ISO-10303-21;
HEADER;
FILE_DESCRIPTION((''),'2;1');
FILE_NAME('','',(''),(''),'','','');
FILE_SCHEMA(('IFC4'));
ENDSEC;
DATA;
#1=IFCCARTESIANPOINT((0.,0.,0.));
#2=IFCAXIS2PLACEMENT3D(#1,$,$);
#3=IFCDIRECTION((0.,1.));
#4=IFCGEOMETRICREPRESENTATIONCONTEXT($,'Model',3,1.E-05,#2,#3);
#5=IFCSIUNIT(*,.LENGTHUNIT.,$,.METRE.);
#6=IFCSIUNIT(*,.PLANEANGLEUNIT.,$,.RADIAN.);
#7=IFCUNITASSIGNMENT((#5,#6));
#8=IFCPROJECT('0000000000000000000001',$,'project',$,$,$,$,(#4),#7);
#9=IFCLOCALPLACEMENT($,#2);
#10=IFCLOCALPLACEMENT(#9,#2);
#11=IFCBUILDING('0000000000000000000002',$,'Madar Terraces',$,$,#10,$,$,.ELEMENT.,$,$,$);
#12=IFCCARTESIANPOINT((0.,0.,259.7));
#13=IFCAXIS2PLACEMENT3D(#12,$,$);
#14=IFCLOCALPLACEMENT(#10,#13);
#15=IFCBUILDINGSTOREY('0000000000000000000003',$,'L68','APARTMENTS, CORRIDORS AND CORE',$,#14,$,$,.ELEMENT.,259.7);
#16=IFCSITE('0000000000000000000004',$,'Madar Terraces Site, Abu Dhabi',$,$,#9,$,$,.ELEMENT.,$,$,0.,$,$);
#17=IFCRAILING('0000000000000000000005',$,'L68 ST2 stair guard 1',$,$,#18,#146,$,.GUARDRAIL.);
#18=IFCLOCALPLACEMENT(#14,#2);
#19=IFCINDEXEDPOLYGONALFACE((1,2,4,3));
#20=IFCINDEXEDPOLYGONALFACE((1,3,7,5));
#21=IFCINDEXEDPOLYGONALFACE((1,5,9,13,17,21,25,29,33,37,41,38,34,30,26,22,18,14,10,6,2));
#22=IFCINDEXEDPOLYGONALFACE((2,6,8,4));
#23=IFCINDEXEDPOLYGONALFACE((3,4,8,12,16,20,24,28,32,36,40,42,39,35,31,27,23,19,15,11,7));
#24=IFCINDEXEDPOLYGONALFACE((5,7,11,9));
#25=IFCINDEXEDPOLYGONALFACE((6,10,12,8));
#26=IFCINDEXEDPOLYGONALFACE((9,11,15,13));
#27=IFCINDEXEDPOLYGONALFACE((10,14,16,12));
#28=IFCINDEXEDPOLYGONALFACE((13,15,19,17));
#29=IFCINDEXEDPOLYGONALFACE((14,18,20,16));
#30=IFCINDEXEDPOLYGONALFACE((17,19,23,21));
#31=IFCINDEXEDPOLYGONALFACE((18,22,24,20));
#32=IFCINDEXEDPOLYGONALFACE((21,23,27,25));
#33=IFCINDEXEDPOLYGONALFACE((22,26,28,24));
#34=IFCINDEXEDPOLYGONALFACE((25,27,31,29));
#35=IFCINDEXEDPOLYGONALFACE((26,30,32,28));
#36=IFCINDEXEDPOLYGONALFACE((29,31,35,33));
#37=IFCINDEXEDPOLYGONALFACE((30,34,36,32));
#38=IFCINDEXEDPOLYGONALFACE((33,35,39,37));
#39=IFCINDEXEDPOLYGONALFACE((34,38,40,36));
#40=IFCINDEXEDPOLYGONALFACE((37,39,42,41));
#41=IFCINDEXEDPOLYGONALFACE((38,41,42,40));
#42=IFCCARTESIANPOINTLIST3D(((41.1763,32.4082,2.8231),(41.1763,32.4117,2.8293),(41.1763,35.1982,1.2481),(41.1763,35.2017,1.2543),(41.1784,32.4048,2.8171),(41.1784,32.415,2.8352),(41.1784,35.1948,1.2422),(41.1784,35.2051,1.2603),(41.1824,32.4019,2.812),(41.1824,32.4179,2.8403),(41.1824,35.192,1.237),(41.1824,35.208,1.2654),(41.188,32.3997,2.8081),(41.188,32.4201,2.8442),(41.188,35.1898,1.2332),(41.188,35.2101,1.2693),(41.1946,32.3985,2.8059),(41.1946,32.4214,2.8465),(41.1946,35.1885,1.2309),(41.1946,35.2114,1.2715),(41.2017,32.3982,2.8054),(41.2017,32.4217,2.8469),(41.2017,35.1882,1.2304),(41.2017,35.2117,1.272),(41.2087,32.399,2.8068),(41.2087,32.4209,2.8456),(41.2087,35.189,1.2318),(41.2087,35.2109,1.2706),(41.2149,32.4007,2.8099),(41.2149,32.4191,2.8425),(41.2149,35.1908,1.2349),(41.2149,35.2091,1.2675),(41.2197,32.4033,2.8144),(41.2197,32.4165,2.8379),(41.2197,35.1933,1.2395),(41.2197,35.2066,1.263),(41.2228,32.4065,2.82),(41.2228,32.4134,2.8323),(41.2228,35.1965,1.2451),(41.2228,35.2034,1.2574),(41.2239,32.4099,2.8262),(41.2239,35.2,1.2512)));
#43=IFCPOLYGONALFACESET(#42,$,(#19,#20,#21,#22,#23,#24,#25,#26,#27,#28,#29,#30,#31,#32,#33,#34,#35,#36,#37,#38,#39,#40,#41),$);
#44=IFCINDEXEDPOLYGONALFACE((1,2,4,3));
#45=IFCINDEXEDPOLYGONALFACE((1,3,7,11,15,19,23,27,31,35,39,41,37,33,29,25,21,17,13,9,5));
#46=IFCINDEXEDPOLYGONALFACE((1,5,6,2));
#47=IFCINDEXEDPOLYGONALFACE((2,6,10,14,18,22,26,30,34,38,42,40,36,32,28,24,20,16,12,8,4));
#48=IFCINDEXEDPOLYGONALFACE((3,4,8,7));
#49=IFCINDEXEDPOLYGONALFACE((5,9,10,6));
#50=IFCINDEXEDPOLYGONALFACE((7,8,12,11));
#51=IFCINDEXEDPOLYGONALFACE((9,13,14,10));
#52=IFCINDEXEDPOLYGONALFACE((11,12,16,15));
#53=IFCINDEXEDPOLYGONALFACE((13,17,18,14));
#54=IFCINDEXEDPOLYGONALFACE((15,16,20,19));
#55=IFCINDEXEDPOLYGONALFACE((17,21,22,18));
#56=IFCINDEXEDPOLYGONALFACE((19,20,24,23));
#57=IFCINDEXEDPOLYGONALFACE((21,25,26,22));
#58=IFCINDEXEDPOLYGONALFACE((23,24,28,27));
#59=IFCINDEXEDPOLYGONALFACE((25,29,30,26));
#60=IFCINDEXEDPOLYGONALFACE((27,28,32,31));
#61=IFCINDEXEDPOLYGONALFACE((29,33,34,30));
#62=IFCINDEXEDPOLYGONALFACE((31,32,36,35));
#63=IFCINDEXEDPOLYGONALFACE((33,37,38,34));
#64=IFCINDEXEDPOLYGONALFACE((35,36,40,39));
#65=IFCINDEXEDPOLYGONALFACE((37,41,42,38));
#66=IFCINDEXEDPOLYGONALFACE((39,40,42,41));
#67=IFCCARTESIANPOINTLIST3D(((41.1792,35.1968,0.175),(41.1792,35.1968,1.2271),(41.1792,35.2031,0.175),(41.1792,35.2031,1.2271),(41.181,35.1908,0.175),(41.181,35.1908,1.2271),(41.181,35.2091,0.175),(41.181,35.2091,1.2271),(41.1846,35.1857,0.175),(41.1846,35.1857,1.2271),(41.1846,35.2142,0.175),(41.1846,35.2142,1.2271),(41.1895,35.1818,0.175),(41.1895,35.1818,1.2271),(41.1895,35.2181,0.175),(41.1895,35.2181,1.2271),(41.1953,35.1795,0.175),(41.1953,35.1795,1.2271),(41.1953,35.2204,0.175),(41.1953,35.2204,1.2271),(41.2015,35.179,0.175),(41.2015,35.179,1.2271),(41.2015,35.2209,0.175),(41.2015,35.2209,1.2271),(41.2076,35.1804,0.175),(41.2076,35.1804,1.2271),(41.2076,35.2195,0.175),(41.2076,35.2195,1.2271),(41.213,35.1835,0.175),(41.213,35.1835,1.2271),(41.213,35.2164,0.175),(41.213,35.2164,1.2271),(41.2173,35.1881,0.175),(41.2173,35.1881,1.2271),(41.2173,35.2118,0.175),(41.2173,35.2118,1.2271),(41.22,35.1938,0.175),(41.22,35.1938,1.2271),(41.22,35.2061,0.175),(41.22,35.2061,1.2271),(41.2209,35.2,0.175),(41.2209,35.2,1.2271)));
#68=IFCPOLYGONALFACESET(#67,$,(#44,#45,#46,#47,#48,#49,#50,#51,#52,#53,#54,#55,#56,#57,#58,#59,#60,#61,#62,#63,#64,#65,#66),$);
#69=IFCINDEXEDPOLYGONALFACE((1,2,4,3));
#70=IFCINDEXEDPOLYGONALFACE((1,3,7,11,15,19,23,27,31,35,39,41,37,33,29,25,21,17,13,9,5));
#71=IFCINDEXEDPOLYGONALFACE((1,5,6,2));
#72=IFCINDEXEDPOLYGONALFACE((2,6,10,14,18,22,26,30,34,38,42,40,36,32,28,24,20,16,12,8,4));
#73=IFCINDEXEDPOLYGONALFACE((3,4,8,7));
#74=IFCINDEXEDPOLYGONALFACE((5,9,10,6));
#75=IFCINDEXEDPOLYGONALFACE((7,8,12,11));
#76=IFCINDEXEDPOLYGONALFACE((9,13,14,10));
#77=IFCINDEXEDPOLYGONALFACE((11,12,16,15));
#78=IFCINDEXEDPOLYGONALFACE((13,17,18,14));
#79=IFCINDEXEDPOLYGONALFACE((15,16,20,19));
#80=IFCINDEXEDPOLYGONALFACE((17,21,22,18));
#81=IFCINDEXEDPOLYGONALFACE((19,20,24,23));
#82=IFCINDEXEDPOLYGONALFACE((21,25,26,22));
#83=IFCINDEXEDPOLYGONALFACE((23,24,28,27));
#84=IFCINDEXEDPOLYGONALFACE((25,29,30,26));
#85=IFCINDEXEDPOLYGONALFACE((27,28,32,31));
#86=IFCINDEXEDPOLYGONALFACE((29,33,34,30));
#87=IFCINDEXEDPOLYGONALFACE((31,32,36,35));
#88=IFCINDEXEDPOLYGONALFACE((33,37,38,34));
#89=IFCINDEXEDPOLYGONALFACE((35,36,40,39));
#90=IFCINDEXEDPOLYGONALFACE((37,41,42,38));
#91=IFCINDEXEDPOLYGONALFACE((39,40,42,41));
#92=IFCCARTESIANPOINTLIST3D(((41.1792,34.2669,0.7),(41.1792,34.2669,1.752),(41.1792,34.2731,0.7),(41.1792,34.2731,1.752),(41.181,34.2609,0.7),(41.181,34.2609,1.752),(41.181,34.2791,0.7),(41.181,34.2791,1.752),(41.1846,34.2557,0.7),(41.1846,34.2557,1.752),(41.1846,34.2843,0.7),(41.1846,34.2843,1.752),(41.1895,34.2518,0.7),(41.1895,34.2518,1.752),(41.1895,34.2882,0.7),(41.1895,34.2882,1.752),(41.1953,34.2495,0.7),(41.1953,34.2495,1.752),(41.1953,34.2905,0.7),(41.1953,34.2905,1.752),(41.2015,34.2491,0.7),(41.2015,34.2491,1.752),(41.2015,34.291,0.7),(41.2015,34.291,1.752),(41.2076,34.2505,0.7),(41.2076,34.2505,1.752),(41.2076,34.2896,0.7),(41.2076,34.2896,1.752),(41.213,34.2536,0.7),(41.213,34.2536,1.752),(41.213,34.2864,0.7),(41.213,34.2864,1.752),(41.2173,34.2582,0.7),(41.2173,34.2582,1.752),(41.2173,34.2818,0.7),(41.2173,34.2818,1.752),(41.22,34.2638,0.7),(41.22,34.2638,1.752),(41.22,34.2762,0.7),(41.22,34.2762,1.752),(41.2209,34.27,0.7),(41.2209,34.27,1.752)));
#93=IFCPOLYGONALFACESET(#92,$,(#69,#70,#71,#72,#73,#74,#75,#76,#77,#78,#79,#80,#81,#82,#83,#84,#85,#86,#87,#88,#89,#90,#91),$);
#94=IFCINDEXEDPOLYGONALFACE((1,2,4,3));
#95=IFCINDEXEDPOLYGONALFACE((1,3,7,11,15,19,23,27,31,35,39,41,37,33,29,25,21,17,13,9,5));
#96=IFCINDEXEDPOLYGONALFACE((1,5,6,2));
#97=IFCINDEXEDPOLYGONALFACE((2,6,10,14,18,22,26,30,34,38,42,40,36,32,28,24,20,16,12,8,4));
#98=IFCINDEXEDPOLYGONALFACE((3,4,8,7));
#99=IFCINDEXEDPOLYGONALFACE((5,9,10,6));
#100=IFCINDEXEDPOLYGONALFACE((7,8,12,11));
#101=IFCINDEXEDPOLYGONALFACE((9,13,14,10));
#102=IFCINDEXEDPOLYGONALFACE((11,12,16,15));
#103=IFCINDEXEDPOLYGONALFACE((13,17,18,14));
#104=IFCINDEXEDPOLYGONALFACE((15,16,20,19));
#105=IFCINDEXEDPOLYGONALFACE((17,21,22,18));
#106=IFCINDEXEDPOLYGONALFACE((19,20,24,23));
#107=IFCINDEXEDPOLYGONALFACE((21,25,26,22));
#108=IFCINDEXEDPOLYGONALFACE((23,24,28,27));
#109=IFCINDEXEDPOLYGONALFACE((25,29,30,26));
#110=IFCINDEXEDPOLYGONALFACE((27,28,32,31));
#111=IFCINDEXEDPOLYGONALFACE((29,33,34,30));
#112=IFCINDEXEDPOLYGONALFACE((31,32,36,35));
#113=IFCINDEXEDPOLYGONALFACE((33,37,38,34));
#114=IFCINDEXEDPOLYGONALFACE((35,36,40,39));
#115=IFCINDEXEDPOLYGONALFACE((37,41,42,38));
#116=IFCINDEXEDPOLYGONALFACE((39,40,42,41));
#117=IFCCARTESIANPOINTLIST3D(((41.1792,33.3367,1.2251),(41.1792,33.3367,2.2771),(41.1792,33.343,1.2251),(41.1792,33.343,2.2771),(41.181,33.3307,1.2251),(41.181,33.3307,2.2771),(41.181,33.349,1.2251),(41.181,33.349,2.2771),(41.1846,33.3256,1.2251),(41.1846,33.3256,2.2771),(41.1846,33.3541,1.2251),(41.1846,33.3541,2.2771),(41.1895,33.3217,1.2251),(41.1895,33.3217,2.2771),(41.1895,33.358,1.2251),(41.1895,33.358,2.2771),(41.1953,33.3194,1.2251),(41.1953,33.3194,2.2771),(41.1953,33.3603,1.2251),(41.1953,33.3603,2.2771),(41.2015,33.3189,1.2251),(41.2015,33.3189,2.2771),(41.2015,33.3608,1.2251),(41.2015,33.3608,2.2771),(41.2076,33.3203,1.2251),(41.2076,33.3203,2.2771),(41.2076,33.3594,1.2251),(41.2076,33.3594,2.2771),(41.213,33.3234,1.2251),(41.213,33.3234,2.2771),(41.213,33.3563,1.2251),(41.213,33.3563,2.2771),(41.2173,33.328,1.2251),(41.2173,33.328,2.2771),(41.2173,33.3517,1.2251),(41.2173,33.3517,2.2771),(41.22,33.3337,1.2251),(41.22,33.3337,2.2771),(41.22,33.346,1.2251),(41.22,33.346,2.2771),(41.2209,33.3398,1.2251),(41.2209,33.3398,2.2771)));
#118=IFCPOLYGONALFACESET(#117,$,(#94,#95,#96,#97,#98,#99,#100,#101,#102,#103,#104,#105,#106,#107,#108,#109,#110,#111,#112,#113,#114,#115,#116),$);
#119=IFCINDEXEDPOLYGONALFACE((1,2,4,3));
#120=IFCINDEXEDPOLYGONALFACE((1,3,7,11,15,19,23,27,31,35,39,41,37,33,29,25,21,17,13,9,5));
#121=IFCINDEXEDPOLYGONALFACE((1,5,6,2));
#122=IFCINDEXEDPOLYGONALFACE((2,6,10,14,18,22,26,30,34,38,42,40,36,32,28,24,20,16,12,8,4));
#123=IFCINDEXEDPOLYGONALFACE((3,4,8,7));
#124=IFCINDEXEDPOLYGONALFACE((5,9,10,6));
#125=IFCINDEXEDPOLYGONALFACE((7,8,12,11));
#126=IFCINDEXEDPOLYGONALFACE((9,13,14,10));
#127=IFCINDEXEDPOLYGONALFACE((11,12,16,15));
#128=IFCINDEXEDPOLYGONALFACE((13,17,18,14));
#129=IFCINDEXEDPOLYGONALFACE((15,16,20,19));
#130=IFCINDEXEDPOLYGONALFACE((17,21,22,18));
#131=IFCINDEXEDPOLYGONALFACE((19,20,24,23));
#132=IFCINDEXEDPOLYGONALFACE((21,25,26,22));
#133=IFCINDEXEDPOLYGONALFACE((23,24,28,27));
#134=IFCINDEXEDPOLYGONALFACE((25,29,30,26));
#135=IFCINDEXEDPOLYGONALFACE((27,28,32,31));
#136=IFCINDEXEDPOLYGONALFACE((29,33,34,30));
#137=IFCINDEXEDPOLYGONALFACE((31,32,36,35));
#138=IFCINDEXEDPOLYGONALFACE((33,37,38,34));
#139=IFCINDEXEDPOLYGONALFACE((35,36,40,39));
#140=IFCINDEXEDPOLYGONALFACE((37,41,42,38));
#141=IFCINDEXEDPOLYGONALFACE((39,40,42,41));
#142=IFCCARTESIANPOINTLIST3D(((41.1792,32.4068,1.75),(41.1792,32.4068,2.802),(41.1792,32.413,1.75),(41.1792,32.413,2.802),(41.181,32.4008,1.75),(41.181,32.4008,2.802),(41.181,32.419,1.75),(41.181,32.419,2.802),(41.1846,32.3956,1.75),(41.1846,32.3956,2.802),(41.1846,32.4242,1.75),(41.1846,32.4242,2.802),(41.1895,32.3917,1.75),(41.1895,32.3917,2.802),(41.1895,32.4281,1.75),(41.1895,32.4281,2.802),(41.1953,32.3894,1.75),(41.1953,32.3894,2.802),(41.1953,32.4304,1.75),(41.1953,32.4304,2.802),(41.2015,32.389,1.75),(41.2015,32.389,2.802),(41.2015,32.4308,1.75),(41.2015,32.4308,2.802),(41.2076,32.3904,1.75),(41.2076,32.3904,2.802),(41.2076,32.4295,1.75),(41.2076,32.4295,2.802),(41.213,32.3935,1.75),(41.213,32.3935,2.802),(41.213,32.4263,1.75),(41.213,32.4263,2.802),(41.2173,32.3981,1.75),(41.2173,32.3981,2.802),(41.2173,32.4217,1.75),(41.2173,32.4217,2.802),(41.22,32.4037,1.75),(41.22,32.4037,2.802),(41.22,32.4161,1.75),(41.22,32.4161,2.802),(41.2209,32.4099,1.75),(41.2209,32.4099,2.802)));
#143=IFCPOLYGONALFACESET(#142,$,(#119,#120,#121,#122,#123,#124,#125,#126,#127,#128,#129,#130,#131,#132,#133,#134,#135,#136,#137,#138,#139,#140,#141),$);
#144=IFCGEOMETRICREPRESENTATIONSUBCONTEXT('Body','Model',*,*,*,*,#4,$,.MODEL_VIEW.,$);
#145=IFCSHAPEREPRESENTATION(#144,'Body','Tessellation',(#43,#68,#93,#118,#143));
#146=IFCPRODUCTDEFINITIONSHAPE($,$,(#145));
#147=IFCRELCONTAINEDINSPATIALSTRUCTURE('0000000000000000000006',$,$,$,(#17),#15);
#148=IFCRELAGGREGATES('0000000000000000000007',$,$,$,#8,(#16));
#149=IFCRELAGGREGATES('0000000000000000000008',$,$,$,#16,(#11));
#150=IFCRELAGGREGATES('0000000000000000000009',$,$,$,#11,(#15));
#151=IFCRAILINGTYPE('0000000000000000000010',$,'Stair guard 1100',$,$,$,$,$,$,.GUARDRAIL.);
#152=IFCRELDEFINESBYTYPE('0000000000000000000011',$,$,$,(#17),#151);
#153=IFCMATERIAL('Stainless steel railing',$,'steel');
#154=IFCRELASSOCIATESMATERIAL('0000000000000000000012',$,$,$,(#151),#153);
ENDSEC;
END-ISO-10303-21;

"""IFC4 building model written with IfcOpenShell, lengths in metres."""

from ifc_helpers import new_model, si_unit, direction, frame, origin, origin_2d, place, context, subcontext, project, spatial, circle, extrude, material, type_object, element, save


model = new_model("IFC4")

# Units and contexts
model_context = context("Model", 3, precision=1e-05, world=origin(), true_north=direction((0.0, 1.0)))
body_context = subcontext(model_context, "Body", "Model", "MODEL_VIEW")
ifc_project = project(units=[si_unit("LENGTHUNIT", "METRE"), si_unit("PLANEANGLEUNIT", "RADIAN")], contexts=[model_context])

# Site, building, storey
site_placement = place(None, origin())
site = spatial("IfcSite", under=ifc_project, at=site_placement, Name="Madar Terraces Site, Abu Dhabi", CompositionType="ELEMENT", RefElevation=0.0)
building_placement = place(site_placement, origin())
building = spatial("IfcBuilding", under=site, at=building_placement, Name="Madar Terraces", CompositionType="ELEMENT")
storey_placement = place(building_placement, frame((0.0, 0.0, 259.7)))
storey = spatial("IfcBuildingStorey", under=building, at=storey_placement, Name="L68", Description="APARTMENTS, CORRIDORS AND CORE", CompositionType="ELEMENT", Elevation=259.7)

# Railing
ifc_material_1 = material(Name="Stainless steel railing", Category="steel")
railing_type_1 = type_object("IfcRailingType", Name="Stair guard 1100", PredefinedType="GUARDRAIL", material=ifc_material_1)
railing_1_placement = place(storey_placement, frame((41.2, 35.2, 0.175)))
element("IfcRailing", 1, at=railing_1_placement, inside=storey, type_object=railing_type_1, Name="L68 ST2 stair guard 1", PredefinedType="GUARDRAIL", context=body_context, shape_type="SweptSolid", body=[
    extrude(circle(Radius=0.0239, at=origin_2d()), frame((0.0, 0.0, 1.0762), z_axis=(0.0, -0.870834, 0.491578), x_axis=(1.0, 0.0, 0.0)), (0.0, 0.0, 1.0), 3.2039),
    extrude(circle(Radius=0.021, at=origin_2d()), origin(), (0.0, 0.0, 1.0), 1.052),
    extrude(circle(Radius=0.021, at=origin_2d()), frame((0.0, -0.9299, 0.5249)), (0.0, 0.0, 1.0), 1.052),
    extrude(circle(Radius=0.021, at=origin_2d()), frame((0.0, -1.8601, 1.05)), (0.0, 0.0, 1.0), 1.052),
    extrude(circle(Radius=0.021, at=origin_2d()), frame((0.0, -2.79, 1.575)), (0.0, 0.0, 1.0), 1.052),
])

save(model, "model.ifc")
